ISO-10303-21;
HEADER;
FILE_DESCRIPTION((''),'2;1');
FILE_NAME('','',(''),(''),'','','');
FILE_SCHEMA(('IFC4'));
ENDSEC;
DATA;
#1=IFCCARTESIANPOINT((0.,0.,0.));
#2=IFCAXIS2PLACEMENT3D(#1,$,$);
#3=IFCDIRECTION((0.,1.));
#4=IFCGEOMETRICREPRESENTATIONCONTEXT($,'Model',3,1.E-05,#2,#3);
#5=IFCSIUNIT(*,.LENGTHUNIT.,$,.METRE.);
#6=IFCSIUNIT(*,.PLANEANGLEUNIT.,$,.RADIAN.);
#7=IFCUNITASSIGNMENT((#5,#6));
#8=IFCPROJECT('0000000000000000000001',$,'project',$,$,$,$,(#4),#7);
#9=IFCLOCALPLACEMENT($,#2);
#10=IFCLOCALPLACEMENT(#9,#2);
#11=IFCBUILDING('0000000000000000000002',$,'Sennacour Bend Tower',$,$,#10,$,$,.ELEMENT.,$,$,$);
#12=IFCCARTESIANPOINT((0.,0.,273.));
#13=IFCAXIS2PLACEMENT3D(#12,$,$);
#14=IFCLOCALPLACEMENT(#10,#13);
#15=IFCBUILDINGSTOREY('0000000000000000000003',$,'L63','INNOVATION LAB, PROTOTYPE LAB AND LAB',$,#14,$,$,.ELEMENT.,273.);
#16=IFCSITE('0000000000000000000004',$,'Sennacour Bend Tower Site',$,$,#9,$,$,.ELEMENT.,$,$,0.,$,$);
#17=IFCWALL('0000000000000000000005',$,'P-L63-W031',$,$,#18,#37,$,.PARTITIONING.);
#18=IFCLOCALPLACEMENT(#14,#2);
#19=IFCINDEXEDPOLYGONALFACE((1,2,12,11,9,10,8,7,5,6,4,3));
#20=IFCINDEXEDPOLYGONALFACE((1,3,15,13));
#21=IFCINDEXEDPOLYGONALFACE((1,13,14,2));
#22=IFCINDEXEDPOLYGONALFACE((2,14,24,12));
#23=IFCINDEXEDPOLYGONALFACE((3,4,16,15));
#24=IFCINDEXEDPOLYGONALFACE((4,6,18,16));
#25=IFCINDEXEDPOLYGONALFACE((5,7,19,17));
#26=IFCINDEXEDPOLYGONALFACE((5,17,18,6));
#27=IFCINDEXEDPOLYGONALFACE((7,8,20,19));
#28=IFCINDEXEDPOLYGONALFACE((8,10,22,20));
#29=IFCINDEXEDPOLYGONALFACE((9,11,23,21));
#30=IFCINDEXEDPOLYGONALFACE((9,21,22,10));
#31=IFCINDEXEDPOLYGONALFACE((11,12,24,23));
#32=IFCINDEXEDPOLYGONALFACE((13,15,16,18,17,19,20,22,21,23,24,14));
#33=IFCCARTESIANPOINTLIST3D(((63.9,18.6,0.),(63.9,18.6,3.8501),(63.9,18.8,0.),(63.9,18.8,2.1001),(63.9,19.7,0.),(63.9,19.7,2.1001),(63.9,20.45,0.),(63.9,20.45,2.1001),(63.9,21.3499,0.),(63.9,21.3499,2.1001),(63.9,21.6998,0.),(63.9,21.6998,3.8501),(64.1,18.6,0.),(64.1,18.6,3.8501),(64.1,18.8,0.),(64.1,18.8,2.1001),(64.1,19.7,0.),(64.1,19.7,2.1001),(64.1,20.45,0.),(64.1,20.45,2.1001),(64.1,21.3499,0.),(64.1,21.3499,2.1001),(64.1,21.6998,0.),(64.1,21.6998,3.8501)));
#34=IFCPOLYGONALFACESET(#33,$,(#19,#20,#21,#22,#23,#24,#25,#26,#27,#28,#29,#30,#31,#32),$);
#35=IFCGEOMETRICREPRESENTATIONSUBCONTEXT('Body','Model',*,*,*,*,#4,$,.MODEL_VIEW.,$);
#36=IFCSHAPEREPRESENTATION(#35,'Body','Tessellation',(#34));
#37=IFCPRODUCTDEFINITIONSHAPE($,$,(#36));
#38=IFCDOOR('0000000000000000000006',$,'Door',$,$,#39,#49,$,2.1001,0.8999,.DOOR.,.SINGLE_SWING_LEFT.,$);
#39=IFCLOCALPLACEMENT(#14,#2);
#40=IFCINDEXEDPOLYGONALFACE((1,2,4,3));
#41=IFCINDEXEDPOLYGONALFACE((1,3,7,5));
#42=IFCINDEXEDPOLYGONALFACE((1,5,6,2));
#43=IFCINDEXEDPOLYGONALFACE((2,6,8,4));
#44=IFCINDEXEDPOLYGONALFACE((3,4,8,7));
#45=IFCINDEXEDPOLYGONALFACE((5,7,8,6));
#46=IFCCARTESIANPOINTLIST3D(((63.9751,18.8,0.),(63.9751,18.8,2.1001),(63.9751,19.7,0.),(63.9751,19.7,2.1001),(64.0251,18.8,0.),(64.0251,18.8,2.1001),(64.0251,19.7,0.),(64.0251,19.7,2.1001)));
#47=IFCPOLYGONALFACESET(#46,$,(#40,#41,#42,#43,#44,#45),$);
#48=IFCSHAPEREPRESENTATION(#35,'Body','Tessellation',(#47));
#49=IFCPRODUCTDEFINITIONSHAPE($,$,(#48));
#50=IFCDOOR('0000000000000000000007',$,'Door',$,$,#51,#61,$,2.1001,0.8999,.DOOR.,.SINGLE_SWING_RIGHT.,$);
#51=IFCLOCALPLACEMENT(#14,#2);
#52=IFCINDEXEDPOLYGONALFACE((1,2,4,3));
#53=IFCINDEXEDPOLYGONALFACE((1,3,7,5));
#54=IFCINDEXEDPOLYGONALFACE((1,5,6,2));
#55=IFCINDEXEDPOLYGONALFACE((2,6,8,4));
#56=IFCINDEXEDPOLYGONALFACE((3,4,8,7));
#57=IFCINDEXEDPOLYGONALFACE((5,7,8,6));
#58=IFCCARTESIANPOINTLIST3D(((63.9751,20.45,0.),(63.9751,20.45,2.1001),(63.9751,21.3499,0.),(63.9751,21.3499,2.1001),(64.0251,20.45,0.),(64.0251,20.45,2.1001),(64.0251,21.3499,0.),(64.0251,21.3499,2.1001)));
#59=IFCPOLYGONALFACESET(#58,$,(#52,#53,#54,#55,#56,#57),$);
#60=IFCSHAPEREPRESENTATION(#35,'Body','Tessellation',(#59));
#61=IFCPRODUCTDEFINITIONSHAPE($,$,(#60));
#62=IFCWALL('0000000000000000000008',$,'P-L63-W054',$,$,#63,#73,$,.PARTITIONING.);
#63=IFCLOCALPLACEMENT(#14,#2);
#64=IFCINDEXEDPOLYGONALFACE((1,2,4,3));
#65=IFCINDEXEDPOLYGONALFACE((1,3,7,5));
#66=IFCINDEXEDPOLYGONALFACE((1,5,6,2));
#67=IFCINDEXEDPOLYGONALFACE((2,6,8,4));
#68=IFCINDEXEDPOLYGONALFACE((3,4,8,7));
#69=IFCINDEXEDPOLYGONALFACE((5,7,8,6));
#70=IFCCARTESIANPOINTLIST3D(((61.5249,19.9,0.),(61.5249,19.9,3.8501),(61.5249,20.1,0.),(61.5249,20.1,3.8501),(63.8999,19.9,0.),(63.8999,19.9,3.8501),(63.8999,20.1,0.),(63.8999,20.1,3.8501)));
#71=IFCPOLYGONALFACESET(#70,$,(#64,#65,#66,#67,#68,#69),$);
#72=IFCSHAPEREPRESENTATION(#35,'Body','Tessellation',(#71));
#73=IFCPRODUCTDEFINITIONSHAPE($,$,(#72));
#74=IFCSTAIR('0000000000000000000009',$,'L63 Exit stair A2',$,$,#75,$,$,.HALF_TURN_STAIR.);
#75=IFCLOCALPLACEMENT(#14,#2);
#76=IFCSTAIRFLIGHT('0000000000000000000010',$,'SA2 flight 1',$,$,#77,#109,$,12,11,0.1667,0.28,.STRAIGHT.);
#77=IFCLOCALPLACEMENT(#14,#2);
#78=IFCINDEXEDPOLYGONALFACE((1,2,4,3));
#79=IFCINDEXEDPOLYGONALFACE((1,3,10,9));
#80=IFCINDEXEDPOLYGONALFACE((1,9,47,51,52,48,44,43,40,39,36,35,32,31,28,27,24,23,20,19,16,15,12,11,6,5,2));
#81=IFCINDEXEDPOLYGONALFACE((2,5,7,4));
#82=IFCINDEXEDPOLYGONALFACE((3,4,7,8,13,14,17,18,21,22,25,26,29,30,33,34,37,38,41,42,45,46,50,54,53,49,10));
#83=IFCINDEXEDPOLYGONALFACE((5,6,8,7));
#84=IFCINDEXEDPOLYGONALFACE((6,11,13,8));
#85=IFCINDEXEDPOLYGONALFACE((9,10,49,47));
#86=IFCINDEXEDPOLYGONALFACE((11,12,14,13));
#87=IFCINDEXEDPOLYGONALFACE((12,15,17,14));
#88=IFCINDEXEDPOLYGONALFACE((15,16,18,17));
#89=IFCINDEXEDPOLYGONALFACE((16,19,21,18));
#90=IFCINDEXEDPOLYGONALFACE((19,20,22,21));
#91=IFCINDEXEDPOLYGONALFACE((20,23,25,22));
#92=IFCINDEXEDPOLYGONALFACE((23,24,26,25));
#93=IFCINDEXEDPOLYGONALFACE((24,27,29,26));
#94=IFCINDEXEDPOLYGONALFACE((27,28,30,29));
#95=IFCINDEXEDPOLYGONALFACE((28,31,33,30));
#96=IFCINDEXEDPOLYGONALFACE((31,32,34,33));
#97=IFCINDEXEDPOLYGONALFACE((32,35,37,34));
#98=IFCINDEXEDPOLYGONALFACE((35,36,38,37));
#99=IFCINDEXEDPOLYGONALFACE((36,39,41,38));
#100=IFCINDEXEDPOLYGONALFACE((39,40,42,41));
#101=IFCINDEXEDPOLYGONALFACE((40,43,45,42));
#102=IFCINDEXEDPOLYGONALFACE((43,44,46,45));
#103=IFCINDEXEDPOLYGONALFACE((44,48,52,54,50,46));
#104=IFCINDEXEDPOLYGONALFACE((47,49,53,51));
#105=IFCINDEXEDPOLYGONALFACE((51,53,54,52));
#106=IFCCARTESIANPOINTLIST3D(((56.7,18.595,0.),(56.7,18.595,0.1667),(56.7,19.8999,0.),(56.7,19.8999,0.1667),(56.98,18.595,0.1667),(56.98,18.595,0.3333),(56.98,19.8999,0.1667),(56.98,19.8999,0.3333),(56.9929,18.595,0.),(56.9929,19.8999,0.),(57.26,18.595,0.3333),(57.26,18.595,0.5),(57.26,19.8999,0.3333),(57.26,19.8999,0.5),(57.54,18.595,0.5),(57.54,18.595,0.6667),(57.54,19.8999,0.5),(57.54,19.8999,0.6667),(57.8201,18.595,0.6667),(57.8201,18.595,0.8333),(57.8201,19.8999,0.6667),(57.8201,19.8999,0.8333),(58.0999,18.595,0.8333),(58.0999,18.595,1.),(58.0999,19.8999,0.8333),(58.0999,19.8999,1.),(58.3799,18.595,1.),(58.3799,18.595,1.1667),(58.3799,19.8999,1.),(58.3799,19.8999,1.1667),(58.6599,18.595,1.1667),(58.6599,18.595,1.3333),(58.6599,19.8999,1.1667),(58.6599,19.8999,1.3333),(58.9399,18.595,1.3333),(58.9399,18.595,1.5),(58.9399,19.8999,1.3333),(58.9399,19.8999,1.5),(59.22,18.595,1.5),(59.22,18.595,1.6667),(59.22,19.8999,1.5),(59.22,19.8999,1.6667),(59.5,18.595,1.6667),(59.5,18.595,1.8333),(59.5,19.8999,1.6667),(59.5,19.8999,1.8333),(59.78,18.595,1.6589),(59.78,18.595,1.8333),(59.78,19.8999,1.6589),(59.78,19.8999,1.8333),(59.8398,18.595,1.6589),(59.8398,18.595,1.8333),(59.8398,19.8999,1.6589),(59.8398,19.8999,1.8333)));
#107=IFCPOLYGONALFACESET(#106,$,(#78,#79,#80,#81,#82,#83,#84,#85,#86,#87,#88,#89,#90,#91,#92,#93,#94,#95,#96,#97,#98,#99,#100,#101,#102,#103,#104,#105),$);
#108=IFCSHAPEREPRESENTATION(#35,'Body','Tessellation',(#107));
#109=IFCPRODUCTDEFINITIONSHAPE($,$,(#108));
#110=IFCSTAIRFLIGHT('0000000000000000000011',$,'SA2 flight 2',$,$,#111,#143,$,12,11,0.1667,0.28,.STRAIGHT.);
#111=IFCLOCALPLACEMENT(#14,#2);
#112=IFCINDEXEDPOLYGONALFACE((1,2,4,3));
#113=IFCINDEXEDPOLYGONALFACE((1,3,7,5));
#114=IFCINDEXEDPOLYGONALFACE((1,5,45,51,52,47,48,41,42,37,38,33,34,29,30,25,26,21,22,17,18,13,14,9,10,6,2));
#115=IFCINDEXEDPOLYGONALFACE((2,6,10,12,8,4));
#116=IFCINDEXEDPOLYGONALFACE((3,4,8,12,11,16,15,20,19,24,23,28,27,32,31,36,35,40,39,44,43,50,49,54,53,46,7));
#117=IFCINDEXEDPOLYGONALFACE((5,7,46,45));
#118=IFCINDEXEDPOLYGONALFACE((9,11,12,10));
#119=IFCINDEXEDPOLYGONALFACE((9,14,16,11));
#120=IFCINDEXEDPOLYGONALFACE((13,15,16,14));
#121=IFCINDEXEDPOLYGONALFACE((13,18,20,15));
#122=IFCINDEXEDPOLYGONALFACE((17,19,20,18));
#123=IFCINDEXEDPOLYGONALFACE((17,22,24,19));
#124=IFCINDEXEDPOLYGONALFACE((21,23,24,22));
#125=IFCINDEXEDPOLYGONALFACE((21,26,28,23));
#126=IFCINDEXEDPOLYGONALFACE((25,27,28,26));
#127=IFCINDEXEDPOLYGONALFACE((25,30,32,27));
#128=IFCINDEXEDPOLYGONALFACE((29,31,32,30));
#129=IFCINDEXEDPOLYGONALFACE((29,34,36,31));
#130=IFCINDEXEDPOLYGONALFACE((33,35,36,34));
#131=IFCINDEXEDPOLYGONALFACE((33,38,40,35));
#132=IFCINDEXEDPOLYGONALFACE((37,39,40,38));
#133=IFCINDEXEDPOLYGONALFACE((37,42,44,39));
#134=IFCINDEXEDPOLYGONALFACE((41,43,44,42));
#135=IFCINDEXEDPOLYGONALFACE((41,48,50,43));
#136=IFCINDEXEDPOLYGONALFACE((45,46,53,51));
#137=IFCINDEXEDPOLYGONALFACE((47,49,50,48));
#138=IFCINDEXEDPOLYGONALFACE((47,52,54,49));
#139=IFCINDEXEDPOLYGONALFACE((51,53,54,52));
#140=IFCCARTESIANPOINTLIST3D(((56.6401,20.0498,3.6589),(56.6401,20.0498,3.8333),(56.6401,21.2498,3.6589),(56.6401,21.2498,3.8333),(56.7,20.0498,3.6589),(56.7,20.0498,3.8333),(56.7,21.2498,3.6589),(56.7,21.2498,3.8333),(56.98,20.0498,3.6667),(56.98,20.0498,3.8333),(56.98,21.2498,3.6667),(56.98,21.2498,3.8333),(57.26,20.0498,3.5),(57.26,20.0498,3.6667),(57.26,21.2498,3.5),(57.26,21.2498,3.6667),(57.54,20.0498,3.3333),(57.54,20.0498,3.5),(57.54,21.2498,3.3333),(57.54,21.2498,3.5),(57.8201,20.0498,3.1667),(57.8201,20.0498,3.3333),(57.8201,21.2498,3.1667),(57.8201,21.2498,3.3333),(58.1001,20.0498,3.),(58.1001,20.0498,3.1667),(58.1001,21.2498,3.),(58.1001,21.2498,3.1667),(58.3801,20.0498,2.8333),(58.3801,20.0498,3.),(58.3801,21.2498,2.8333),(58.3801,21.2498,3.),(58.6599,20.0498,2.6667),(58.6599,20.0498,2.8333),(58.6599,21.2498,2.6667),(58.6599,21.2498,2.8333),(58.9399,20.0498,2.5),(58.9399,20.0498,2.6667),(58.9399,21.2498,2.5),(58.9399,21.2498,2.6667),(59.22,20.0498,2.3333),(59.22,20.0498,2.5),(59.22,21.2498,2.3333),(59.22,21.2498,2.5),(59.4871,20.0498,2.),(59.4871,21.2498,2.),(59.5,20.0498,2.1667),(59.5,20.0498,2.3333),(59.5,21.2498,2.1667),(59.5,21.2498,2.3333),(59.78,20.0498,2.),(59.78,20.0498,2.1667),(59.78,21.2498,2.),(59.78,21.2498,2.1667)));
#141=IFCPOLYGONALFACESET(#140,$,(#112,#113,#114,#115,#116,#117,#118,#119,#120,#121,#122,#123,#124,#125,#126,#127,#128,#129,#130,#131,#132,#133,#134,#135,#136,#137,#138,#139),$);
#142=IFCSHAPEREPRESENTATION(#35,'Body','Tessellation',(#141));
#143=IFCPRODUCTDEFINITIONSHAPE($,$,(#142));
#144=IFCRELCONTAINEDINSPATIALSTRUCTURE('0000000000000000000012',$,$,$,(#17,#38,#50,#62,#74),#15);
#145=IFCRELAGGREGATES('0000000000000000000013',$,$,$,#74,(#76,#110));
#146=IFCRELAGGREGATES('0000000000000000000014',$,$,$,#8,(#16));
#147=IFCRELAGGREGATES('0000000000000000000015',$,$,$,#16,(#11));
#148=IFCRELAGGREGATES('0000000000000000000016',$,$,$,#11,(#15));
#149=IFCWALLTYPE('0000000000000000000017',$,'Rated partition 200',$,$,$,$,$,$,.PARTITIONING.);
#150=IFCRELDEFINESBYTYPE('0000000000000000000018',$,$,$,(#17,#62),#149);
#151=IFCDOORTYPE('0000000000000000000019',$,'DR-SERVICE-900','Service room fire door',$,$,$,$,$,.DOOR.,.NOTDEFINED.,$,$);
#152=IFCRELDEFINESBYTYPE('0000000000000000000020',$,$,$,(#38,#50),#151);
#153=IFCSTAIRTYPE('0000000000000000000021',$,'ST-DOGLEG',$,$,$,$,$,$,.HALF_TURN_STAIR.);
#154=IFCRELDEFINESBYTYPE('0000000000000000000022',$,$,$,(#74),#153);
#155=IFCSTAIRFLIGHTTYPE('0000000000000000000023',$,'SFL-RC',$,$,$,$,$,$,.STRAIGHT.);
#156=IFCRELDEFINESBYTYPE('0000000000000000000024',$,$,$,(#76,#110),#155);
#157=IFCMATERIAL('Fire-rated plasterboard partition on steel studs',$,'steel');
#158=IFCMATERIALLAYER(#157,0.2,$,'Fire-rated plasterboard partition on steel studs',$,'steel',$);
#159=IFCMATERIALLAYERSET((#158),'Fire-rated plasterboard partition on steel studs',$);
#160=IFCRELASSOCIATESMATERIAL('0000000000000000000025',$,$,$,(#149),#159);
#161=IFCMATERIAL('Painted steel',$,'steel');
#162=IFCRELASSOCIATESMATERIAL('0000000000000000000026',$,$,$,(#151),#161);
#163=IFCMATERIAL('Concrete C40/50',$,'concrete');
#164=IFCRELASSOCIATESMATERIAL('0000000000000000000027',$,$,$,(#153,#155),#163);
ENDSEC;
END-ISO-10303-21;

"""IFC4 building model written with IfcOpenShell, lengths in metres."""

from ifc_helpers import new_model, si_unit, direction, frame, frame_2d, origin, place, context, subcontext, project, spatial, polyline, rectangle, outline, extrude, material, layer, layer_set, type_object, element, fill, aggregate, save


model = new_model("IFC4")

# Units and contexts
model_context = context("Model", 3, precision=1e-05, world=origin(), true_north=direction((0.0, 1.0)))
body_context = subcontext(model_context, "Body", "Model", "MODEL_VIEW")
ifc_project = project(units=[si_unit("LENGTHUNIT", "METRE"), si_unit("PLANEANGLEUNIT", "RADIAN")], contexts=[model_context])

# Site, building, storey
site_placement = place(None, origin())
site = spatial("IfcSite", under=ifc_project, at=site_placement, Name="Sennacour Bend Tower Site", CompositionType="ELEMENT", RefElevation=0.0)
building_placement = place(site_placement, origin())
building = spatial("IfcBuilding", under=site, at=building_placement, Name="Sennacour Bend Tower", CompositionType="ELEMENT")
storey_placement = place(building_placement, frame((0.0, 0.0, 273.0)))
storey = spatial("IfcBuildingStorey", under=building, at=storey_placement, Name="L63", Description="INNOVATION LAB, PROTOTYPE LAB AND LAB", CompositionType="ELEMENT", Elevation=273.0)

# Wall, openings, doors
ifc_material_1 = material(Name="Fire-rated plasterboard partition on steel studs", Category="steel")
ifc_layer = layer(ifc_material_1, 0.2, Name="Fire-rated plasterboard partition on steel studs", Category="steel")
ifc_layer_set = layer_set([ifc_layer], Name="Fire-rated plasterboard partition on steel studs")
wall_type = type_object("IfcWallType", Name="Rated partition 200", PredefinedType="PARTITIONING", material=ifc_layer_set)
wall_1_placement = place(storey_placement, frame((64.0, 18.6001, 0.0), z_axis=(0.0, 0.0, 1.0), x_axis=(0.0, 1.0, 0.0)))
wall_1 = element("IfcWall", 1, at=wall_1_placement, inside=storey, type_object=wall_type, Name="P-L63-W031", PredefinedType="PARTITIONING", context=body_context, shape_type="SweptSolid", body=[
    extrude(rectangle(XDim=3.0999, YDim=0.2, at=frame_2d((1.5498, 0.0))), origin(), (0.0, 0.0, 1.0), 3.8501),
])
opening_1_placement = place(wall_1_placement, frame((0.2, 0.0, 0.0)))
opening_1 = element("IfcOpeningElement", 2, at=opening_1_placement, cuts=wall_1, PredefinedType="OPENING", context=body_context, shape_type="SweptSolid", body=[
    extrude(rectangle(XDim=0.8999, YDim=2.1001, at=frame_2d((0.45, 1.05))), frame((0.0, 0.1099, 0.0), z_axis=(0.0, -1.0, 0.0), x_axis=(1.0, 0.0, 0.0)), (0.0, 0.0, 1.0), 0.22),
])
opening_2_placement = place(wall_1_placement, frame((1.8499, 0.0, 0.0)))
opening_2 = element("IfcOpeningElement", 3, at=opening_2_placement, cuts=wall_1, PredefinedType="OPENING", context=body_context, shape_type="SweptSolid", body=[
    extrude(rectangle(XDim=0.8999, YDim=2.1001, at=frame_2d((0.45, 1.05))), frame((0.0, 0.1099, 0.0), z_axis=(0.0, -1.0, 0.0), x_axis=(1.0, 0.0, 0.0)), (0.0, 0.0, 1.0), 0.22),
])
ifc_material_2 = material(Name="Painted steel", Category="steel")
door_type = type_object("IfcDoorType", Name="DR-SERVICE-900", Description="Service room fire door", OperationType="NOTDEFINED", PredefinedType="DOOR", material=ifc_material_2)
door_1_placement = place(opening_1_placement, origin())
door_1 = element("IfcDoor", 4, at=door_1_placement, inside=storey, type_object=door_type, Name="Door", OperationType="SINGLE_SWING_LEFT", OverallHeight=2.1001, OverallWidth=0.8999, PredefinedType="DOOR", context=body_context, shape_type="SweptSolid", body=[
    extrude(rectangle(XDim=0.8999, YDim=2.1001, at=frame_2d((0.45, 1.05))), frame((0.0, 0.0249, 0.0), z_axis=(0.0, -1.0, 0.0), x_axis=(1.0, 0.0, 0.0)), (0.0, 0.0, 1.0), 0.05),
])
fill(opening_1, door_1)
door_2_placement = place(opening_2_placement, origin())
door_2 = element("IfcDoor", 5, at=door_2_placement, inside=storey, type_object=door_type, Name="Door", OperationType="SINGLE_SWING_RIGHT", OverallHeight=2.1001, OverallWidth=0.8999, PredefinedType="DOOR", context=body_context, shape_type="SweptSolid", body=[
    extrude(rectangle(XDim=0.8999, YDim=2.1001, at=frame_2d((0.45, 1.05))), frame((0.0, 0.0249, 0.0), z_axis=(0.0, -1.0, 0.0), x_axis=(1.0, 0.0, 0.0)), (0.0, 0.0, 1.0), 0.05),
])
fill(opening_2, door_2)

# Wall
wall_2_placement = place(storey_placement, frame((61.5249, 20.0, 0.0), z_axis=(0.0, 0.0, 1.0), x_axis=(1.0, 0.0, 0.0)))
element("IfcWall", 6, at=wall_2_placement, inside=storey, type_object=wall_type, Name="P-L63-W054", PredefinedType="PARTITIONING", context=body_context, shape_type="SweptSolid", body=[
    extrude(rectangle(XDim=2.375, YDim=0.2, at=frame_2d((1.1875, 0.0))), origin(), (0.0, 0.0, 1.0), 3.8501),
])

# Stair, stair flights
ifc_material_3 = material(Name="Concrete C40/50", Category="concrete")
stair_type = type_object("IfcStairType", Name="ST-DOGLEG", PredefinedType="HALF_TURN_STAIR", material=ifc_material_3)
stair_placement = place(storey_placement, origin())
stair = element("IfcStair", 7, at=stair_placement, inside=storey, type_object=stair_type, Name="L63 Exit stair A2", PredefinedType="HALF_TURN_STAIR")
stair_flight_type = type_object("IfcStairFlightType", Name="SFL-RC", PredefinedType="STRAIGHT", material=ifc_material_3)
stair_flight_1_placement = place(storey_placement, frame((56.7, 19.2476, 0.0), z_axis=(0.0, 0.0, 1.0), x_axis=(1.0, 0.0, 0.0)))
stair_flight_1 = element("IfcStairFlight", 8, at=stair_flight_1_placement, type_object=stair_flight_type, Name="SA2 flight 1", NumberOfRisers=12, NumberOfTreads=11, PredefinedType="STRAIGHT", RiserHeight=0.1667, TreadLength=0.28, context=body_context, shape_type="SweptSolid", body=[
    extrude(outline(polyline([(0.0, 0.0), (0.0, 0.1667), (0.28, 0.1667), (0.28, 0.3333), (0.5601, 0.3333), (0.5601, 0.5), (0.8401, 0.5), (0.8401, 0.6667), (1.1201, 0.6667), (1.1201, 0.8333), (1.3999, 0.8333), (1.3999, 1.0), (1.6799, 1.0), (1.6799, 1.1667), (1.96, 1.1667), (1.96, 1.3333), (2.24, 1.3333), (2.24, 1.5), (2.52, 1.5), (2.52, 1.6667), (2.8, 1.6667), (2.8, 1.8333), (3.0801, 1.8333), (3.1399, 1.8333), (3.1399, 1.6589), (3.0801, 1.6589), (0.293, 0.0), (0.0, 0.0)])), frame((0.0, 0.6523, 0.0), z_axis=(0.0, -1.0, 0.0), x_axis=(1.0, 0.0, 0.0)), (0.0, 0.0, 1.0), 1.3049),
])
stair_flight_2_placement = place(storey_placement, frame((59.78, 20.6499, 2.0), z_axis=(0.0, 0.0, 1.0), x_axis=(-1.0, 0.0, 0.0)))
stair_flight_2 = element("IfcStairFlight", 9, at=stair_flight_2_placement, type_object=stair_flight_type, Name="SA2 flight 2", NumberOfRisers=12, NumberOfTreads=11, PredefinedType="STRAIGHT", RiserHeight=0.1667, TreadLength=0.28, context=body_context, shape_type="SweptSolid", body=[
    extrude(outline(polyline([(0.0, 0.0), (0.0, 0.1667), (0.28, 0.1667), (0.28, 0.3333), (0.5601, 0.3333), (0.5601, 0.5), (0.8401, 0.5), (0.8401, 0.6667), (1.1201, 0.6667), (1.1201, 0.8333), (1.3999, 0.8333), (1.3999, 1.0), (1.6799, 1.0), (1.6799, 1.1667), (1.96, 1.1667), (1.96, 1.3333), (2.24, 1.3333), (2.24, 1.5), (2.52, 1.5), (2.52, 1.6667), (2.8, 1.6667), (2.8, 1.8333), (3.0801, 1.8333), (3.1399, 1.8333), (3.1399, 1.6589), (3.0801, 1.6589), (0.293, 0.0), (0.0, 0.0)])), frame((0.0, 0.6001, 0.0), z_axis=(0.0, -1.0, 0.0), x_axis=(1.0, 0.0, 0.0)), (0.0, 0.0, 1.0), 1.2),
])
aggregate(stair, [stair_flight_1, stair_flight_2])

save(model, "model.ifc")
